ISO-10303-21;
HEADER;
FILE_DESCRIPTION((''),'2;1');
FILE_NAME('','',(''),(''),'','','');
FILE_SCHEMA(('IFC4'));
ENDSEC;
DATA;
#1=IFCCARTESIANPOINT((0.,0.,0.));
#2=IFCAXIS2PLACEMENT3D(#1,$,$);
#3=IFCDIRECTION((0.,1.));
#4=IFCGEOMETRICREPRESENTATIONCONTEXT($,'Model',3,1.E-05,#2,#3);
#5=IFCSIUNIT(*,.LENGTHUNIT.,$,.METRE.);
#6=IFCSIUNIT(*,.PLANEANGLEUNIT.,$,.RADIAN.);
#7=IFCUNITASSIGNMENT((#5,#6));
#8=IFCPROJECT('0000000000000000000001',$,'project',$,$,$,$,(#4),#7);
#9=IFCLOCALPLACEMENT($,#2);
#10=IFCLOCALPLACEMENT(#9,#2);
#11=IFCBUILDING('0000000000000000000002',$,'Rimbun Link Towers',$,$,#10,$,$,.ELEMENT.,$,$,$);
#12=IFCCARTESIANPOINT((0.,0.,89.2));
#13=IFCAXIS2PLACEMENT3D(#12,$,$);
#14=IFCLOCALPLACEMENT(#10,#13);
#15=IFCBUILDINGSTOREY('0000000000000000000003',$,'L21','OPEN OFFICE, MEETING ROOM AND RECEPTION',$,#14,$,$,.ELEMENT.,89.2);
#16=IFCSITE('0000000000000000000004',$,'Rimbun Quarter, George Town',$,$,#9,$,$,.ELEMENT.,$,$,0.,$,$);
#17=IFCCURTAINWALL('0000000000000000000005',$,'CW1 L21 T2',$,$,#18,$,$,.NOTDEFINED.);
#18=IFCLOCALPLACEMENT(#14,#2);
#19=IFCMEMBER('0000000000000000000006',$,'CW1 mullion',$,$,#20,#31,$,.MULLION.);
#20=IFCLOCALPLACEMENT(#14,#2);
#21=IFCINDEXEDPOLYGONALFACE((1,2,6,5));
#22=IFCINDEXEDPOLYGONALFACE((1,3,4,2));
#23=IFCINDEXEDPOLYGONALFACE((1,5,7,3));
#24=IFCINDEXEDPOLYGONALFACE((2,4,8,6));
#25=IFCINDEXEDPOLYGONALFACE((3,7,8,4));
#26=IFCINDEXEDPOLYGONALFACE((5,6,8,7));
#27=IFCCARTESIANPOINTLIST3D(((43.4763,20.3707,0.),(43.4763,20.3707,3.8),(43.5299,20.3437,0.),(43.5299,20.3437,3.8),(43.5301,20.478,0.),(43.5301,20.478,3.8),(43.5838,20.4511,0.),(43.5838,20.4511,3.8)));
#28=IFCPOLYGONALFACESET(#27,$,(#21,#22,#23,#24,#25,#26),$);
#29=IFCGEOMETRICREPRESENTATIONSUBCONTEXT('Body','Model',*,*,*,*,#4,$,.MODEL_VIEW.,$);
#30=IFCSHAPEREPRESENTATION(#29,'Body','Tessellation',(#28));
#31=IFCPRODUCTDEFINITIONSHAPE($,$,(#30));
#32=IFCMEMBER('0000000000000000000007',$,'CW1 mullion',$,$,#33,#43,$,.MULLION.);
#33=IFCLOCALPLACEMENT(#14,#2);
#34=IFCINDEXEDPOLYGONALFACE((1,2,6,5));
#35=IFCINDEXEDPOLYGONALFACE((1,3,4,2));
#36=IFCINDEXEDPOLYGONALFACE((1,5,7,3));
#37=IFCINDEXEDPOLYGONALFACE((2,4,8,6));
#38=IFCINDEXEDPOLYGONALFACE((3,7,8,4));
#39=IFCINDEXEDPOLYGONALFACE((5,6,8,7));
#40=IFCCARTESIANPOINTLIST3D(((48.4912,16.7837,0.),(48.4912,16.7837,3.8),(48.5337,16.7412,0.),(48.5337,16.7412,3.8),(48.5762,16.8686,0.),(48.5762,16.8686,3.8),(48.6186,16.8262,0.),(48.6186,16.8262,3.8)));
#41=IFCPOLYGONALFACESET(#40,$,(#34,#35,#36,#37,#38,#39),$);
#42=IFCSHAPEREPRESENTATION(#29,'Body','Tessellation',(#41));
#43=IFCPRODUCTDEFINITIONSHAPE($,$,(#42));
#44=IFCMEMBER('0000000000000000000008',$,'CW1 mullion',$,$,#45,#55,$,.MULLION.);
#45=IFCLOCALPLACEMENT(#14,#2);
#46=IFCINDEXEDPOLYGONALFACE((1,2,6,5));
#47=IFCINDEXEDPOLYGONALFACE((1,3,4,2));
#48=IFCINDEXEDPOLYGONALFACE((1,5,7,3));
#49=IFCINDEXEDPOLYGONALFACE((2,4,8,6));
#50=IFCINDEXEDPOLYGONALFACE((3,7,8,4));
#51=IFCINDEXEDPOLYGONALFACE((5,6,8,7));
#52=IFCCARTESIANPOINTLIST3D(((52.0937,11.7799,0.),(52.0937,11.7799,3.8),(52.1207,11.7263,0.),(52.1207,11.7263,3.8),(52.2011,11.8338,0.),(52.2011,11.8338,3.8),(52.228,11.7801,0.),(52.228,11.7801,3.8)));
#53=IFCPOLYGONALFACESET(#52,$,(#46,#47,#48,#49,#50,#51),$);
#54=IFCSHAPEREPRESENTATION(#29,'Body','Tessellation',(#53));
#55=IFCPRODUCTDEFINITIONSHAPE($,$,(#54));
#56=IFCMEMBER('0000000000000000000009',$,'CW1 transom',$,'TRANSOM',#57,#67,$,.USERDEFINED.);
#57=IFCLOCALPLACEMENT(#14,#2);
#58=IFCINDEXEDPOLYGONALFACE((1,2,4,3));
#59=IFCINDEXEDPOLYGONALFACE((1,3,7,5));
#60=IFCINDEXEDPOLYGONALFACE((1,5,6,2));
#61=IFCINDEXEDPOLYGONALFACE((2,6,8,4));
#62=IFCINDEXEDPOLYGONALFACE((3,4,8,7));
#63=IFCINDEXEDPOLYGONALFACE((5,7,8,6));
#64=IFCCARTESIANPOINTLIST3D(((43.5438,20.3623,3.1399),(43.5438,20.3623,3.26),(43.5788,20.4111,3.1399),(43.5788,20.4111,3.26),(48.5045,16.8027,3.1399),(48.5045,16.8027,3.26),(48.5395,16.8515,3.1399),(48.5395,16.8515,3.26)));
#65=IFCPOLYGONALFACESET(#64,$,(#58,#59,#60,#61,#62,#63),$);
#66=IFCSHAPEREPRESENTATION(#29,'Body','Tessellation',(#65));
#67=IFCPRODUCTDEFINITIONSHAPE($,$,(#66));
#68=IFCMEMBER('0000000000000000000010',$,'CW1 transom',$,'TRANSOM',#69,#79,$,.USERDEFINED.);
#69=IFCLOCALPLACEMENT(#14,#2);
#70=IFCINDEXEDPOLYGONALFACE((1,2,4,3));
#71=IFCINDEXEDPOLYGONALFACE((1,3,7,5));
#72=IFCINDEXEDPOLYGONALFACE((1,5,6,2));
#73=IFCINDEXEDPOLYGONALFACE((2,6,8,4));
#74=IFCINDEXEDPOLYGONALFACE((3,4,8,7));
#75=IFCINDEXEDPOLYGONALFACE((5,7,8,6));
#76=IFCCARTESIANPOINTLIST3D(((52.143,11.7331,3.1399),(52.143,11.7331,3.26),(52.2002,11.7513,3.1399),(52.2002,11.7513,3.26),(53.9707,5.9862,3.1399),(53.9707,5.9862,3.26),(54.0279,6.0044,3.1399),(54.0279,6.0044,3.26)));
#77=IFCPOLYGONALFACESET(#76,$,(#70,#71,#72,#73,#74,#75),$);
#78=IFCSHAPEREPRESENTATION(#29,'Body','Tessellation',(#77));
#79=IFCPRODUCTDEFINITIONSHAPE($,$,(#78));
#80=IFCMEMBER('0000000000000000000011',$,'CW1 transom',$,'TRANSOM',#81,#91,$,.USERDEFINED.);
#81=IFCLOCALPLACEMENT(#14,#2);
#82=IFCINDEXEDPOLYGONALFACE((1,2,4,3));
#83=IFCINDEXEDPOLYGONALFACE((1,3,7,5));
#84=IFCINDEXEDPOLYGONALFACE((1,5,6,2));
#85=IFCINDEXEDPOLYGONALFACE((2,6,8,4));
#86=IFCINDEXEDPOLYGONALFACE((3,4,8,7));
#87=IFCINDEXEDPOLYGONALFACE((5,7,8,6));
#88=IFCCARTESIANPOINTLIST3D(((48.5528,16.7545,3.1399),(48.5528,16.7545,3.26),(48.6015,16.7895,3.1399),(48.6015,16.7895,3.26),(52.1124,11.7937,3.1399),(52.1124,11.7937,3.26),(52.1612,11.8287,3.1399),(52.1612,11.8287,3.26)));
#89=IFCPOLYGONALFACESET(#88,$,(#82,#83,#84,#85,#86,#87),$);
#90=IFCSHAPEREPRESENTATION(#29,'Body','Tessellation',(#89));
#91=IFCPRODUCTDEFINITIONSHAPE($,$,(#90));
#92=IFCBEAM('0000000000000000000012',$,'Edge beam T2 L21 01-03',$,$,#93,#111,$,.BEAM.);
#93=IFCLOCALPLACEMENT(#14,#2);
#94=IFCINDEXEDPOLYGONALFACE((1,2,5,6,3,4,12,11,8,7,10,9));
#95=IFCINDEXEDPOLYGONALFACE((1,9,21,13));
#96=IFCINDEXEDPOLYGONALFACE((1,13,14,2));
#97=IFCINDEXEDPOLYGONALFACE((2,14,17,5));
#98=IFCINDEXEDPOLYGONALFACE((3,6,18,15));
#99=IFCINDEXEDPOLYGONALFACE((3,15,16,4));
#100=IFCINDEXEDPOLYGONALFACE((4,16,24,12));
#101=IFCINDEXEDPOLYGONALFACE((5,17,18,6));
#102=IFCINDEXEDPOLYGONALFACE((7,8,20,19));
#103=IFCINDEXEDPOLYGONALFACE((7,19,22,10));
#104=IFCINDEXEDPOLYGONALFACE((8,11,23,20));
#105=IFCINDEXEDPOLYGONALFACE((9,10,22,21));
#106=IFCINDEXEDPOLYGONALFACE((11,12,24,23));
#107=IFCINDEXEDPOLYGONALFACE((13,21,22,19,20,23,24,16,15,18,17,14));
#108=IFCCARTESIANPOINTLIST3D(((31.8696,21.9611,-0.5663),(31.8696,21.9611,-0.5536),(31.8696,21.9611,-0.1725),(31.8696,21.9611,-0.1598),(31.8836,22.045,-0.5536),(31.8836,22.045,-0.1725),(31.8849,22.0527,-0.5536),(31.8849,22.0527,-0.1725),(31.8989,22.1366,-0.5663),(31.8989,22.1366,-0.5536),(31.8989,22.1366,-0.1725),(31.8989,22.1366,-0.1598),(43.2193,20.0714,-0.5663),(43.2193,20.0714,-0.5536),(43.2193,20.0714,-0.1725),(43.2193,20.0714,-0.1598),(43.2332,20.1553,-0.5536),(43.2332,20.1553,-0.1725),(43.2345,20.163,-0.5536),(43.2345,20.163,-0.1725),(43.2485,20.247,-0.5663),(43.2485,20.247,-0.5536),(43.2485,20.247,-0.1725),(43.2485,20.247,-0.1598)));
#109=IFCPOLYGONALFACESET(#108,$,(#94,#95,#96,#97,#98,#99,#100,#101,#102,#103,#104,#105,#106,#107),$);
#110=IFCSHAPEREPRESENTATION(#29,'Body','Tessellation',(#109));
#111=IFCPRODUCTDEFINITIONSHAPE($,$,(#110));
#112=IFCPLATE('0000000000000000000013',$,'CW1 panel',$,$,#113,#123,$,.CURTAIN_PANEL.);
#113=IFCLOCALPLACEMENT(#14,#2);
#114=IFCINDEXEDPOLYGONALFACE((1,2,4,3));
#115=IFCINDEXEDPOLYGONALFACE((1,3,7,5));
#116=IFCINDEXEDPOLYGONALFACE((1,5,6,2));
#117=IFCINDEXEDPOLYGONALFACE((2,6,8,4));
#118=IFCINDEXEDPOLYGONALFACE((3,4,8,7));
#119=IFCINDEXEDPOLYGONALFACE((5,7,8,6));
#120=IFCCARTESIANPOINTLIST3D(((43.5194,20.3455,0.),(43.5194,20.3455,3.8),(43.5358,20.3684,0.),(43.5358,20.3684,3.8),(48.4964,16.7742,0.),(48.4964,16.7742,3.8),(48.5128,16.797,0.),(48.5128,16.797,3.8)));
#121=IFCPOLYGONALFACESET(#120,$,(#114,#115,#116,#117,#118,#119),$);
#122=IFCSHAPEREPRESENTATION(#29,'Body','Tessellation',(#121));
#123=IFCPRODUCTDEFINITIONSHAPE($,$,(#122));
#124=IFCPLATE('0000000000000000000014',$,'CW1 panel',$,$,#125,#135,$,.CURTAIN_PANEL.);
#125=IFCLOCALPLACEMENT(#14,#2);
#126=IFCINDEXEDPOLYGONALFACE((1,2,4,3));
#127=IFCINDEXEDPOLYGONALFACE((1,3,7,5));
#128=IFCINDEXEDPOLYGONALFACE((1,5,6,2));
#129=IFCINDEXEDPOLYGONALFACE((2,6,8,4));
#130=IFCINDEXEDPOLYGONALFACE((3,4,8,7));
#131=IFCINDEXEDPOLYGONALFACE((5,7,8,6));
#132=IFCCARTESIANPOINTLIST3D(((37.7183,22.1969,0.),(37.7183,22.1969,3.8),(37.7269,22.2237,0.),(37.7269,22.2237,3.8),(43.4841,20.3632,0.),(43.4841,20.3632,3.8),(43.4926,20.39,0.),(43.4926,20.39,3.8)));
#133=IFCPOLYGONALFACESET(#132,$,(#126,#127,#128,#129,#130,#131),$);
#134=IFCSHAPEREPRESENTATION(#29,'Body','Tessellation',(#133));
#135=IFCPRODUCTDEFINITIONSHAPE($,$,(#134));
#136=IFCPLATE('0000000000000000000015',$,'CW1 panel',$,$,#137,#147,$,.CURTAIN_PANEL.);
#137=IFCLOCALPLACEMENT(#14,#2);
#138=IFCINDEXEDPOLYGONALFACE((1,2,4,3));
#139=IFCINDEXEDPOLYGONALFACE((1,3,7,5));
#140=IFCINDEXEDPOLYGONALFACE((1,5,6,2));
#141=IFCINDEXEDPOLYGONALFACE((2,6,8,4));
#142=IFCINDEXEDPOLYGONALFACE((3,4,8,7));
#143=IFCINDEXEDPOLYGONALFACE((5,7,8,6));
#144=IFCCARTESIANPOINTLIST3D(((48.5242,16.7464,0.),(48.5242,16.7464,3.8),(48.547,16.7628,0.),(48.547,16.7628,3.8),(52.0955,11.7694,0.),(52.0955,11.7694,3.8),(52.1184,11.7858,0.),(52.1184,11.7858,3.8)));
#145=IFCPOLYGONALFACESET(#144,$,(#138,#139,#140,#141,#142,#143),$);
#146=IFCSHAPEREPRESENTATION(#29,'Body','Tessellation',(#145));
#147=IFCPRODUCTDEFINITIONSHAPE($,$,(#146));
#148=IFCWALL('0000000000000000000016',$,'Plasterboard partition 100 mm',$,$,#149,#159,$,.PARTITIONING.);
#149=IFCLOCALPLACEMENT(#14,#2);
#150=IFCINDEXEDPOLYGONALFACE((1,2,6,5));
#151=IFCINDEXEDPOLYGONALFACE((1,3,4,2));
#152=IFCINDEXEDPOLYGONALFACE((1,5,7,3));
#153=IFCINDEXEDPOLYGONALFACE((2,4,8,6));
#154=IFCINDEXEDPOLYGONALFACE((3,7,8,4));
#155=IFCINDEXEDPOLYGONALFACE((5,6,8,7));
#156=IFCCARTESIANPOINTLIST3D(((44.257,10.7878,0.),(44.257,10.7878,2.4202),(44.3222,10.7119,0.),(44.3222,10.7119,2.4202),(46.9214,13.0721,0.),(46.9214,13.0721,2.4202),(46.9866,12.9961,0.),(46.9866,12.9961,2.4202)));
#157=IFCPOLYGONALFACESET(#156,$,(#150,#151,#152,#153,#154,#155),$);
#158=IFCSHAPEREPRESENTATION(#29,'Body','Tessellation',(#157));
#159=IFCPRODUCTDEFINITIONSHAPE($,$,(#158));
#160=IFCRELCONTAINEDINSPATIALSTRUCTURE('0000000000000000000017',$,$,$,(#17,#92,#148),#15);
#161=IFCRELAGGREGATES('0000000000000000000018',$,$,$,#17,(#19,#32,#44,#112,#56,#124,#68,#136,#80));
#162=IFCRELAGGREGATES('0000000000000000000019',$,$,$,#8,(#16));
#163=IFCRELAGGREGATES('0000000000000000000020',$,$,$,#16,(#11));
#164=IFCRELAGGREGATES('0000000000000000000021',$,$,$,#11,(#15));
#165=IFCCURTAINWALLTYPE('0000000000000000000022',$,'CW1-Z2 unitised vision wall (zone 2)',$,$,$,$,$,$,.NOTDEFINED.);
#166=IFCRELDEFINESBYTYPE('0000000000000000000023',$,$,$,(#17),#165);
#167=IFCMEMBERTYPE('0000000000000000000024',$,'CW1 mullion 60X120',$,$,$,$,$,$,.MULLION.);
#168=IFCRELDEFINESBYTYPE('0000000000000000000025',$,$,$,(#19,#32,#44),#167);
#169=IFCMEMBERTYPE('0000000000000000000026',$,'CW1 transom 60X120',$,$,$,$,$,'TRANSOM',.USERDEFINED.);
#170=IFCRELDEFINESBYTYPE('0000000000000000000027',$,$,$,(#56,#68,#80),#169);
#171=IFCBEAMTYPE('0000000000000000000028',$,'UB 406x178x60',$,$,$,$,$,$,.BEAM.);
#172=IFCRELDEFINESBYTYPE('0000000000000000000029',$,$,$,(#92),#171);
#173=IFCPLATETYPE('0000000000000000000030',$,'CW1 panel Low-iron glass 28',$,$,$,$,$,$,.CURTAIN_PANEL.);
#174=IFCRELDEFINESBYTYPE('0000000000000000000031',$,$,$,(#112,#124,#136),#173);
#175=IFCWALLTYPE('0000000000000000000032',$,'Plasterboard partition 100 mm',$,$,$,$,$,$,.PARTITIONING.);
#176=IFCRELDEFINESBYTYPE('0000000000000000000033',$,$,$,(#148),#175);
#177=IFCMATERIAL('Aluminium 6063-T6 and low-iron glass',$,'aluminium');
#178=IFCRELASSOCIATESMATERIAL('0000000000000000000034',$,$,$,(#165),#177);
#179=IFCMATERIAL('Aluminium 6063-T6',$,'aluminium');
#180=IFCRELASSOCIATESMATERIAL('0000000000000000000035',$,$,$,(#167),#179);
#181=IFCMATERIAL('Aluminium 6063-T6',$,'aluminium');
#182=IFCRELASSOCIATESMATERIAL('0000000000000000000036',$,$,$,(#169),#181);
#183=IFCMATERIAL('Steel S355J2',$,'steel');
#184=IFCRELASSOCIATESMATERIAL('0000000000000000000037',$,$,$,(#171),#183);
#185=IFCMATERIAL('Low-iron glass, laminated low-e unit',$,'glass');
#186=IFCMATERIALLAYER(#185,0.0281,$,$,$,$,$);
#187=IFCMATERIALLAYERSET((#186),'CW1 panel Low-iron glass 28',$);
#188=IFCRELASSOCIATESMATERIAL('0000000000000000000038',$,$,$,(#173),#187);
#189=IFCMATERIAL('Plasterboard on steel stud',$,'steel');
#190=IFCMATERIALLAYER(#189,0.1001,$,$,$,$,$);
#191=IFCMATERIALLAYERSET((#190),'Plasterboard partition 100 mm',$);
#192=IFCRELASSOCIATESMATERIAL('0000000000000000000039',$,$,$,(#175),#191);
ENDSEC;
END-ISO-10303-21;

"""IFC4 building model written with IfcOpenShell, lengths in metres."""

from ifc_helpers import new_model, si_unit, direction, frame, frame_2d, origin, origin_2d, place, context, subcontext, project, spatial, rectangle, i_section, extrude, material, layer, layer_set, material_profile, profile_set, type_object, element, aggregate, save


model = new_model("IFC4")

# Units and contexts
model_context = context("Model", 3, precision=1e-05, world=origin(), true_north=direction((0.0, 1.0)))
body_context = subcontext(model_context, "Body", "Model", "MODEL_VIEW")
ifc_project = project(units=[si_unit("LENGTHUNIT", "METRE"), si_unit("PLANEANGLEUNIT", "RADIAN")], contexts=[model_context])

# Site, building, storey
site_placement = place(None, origin())
site = spatial("IfcSite", under=ifc_project, at=site_placement, Name="Rimbun Quarter, George Town", CompositionType="ELEMENT", RefElevation=0.0)
building_placement = place(site_placement, origin())
building = spatial("IfcBuilding", under=site, at=building_placement, Name="Rimbun Link Towers", CompositionType="ELEMENT")
storey_placement = place(building_placement, frame((0.0, 0.0, 89.2)))
storey = spatial("IfcBuildingStorey", under=building, at=storey_placement, Name="L21", Description="OPEN OFFICE, MEETING ROOM AND RECEPTION", CompositionType="ELEMENT", Elevation=89.2)

# Curtain wall, members
ifc_material_1 = material(Name="Aluminium 6063-T6 and low-iron glass", Category="aluminium")
curtain_wall_type = type_object("IfcCurtainWallType", Name="CW1-Z2 unitised vision wall (zone 2)", PredefinedType="NOTDEFINED", material=ifc_material_1)
curtain_wall_placement = place(storey_placement, origin())
curtain_wall = element("IfcCurtainWall", 1, at=curtain_wall_placement, inside=storey, type_object=curtain_wall_type, Name="CW1 L21 T2", PredefinedType="NOTDEFINED")
ifc_material_2 = material(Name="Aluminium 6063-T6", Category="aluminium")
ifc_material_profile_1 = material_profile(ifc_material_2, rectangle(XDim=0.1201, YDim=0.0601, at=origin_2d()), Name="MULLION 60X120")
ifc_profile_set_1 = profile_set([ifc_material_profile_1], Name="Aluminium 6063-T6")
member_type_1 = type_object("IfcMemberType", Name="CW1 mullion 60X120", PredefinedType="MULLION", material=ifc_profile_set_1)
member_1_placement = place(storey_placement, frame((43.53, 20.4109, 0.0), z_axis=(0.0, 0.0, 1.0), x_axis=(0.448572, 0.893747, 0.0)))
member_1 = element("IfcMember", 2, at=member_1_placement, type_object=member_type_1, Name="CW1 mullion", PredefinedType="MULLION", context=body_context, shape_type="SweptSolid", body=[
    extrude(rectangle(XDim=0.1201, YDim=0.0601, at=origin_2d()), origin(), (0.0, 0.0, 1.0), 3.8),
])
member_2_placement = place(storey_placement, frame((48.5549, 16.8049, 0.0), z_axis=(0.0, 0.0, 1.0), x_axis=(0.707107, 0.707107, 0.0)))
member_2 = element("IfcMember", 3, at=member_2_placement, type_object=member_type_1, Name="CW1 mullion", PredefinedType="MULLION", context=body_context, shape_type="SweptSolid", body=[
    extrude(rectangle(XDim=0.1201, YDim=0.0601, at=origin_2d()), origin(), (0.0, 0.0, 1.0), 3.8),
])
member_3_placement = place(storey_placement, frame((52.1609, 11.78, 0.0), z_axis=(0.0, 0.0, 1.0), x_axis=(0.893747, 0.448572, 0.0)))
member_3 = element("IfcMember", 4, at=member_3_placement, type_object=member_type_1, Name="CW1 mullion", PredefinedType="MULLION", context=body_context, shape_type="SweptSolid", body=[
    extrude(rectangle(XDim=0.1201, YDim=0.0601, at=origin_2d()), origin(), (0.0, 0.0, 1.0), 3.8),
])
ifc_material_3 = material(Name="Aluminium 6063-T6", Category="aluminium")
ifc_material_profile_2 = material_profile(ifc_material_3, rectangle(XDim=0.0601, YDim=0.1201, at=origin_2d()), Name="TRANSOM 60X120")
ifc_profile_set_2 = profile_set([ifc_material_profile_2], Name="Aluminium 6063-T6")
member_type_2 = type_object("IfcMemberType", Name="CW1 transom 60X120", ElementType="TRANSOM", PredefinedType="USERDEFINED", material=ifc_profile_set_2)
member_4_placement = place(storey_placement, frame((43.5613, 20.3867, 3.2), z_axis=(0.812475, -0.582996, 0.0), x_axis=(0.582996, 0.812475, 0.0)))
member_4 = element("IfcMember", 5, at=member_4_placement, type_object=member_type_2, Name="CW1 transom", ObjectType="TRANSOM", PredefinedType="USERDEFINED", context=body_context, shape_type="SweptSolid", body=[
    extrude(rectangle(XDim=0.0601, YDim=0.1201, at=origin_2d()), origin(), (0.0, 0.0, 1.0), 6.1057),
])
member_5_placement = place(storey_placement, frame((52.1716, 11.7422, 3.2), z_axis=(0.303068, -0.952969, 0.0), x_axis=(0.952969, 0.303068, 0.0)))
member_5 = element("IfcMember", 6, at=member_5_placement, type_object=member_type_2, Name="CW1 transom", ObjectType="TRANSOM", PredefinedType="USERDEFINED", context=body_context, shape_type="SweptSolid", body=[
    extrude(rectangle(XDim=0.0601, YDim=0.1201, at=origin_2d()), origin(), (0.0, 0.0, 1.0), 6.0305),
])
member_6_placement = place(storey_placement, frame((48.5771, 16.772, 3.2), z_axis=(0.582996, -0.812475, 0.0), x_axis=(0.812475, 0.582996, 0.0)))
member_6 = element("IfcMember", 7, at=member_6_placement, type_object=member_type_2, Name="CW1 transom", ObjectType="TRANSOM", PredefinedType="USERDEFINED", context=body_context, shape_type="SweptSolid", body=[
    extrude(rectangle(XDim=0.0601, YDim=0.1201, at=origin_2d()), origin(), (0.0, 0.0, 1.0), 6.1057),
])

# Beam
ifc_material_4 = material(Name="Steel S355J2", Category="steel")
ifc_material_profile_3 = material_profile(ifc_material_4, i_section(OverallWidth=0.178, OverallDepth=0.4065, WebThickness=0.0078, FlangeThickness=0.0127, at=origin_2d()), Name="UB 406x178x60")
ifc_profile_set_3 = profile_set([ifc_material_profile_3], Name="Steel S355J2")
beam_type = type_object("IfcBeamType", Name="UB 406x178x60", PredefinedType="BEAM", material=ifc_profile_set_3)
beam_placement = place(storey_placement, frame((43.2339, 20.1592, -0.363), z_axis=(-0.986421, 0.164234, 0.0), x_axis=(-0.164234, -0.986421, 0.0)))
element("IfcBeam", 8, at=beam_placement, inside=storey, type_object=beam_type, Name="Edge beam T2 L21 01-03", PredefinedType="BEAM", context=body_context, shape_type="SweptSolid", body=[
    extrude(i_section(OverallWidth=0.178, OverallDepth=0.4065, WebThickness=0.0078, FlangeThickness=0.0127, at=origin_2d()), origin(), (0.0, 0.0, 1.0), 11.5059),
])

# Plates
ifc_material_5 = material(Name="Low-iron glass, laminated low-e unit", Category="glass")
ifc_layer_1 = layer(ifc_material_5, 0.0281)
ifc_layer_set_1 = layer_set([ifc_layer_1], Name="CW1 panel Low-iron glass 28")
plate_type = type_object("IfcPlateType", Name="CW1 panel Low-iron glass 28", PredefinedType="CURTAIN_PANEL", material=ifc_layer_set_1)
plate_1_placement = place(storey_placement, frame((46.0161, 18.5713, 0.0), z_axis=(0.0, 0.0, 1.0), x_axis=(0.812469, -0.583004, 0.0)))
plate_1 = element("IfcPlate", 9, at=plate_1_placement, type_object=plate_type, Name="CW1 panel", PredefinedType="CURTAIN_PANEL", context=body_context, shape_type="SweptSolid", body=[
    extrude(rectangle(XDim=6.1257, YDim=0.0281, at=origin_2d()), origin(), (0.0, 0.0, 1.0), 3.8),
])
plate_2_placement = place(storey_placement, frame((40.6055, 21.2935, 0.0), z_axis=(0.0, 0.0, 1.0), x_axis=(0.952968, -0.30307, 0.0)))
plate_2 = element("IfcPlate", 10, at=plate_2_placement, type_object=plate_type, Name="CW1 panel", PredefinedType="CURTAIN_PANEL", context=body_context, shape_type="SweptSolid", body=[
    extrude(rectangle(XDim=6.0503, YDim=0.0281, at=origin_2d()), origin(), (0.0, 0.0, 1.0), 3.8),
])
plate_3_placement = place(storey_placement, frame((50.3213, 14.2661, 0.0), z_axis=(0.0, 0.0, 1.0), x_axis=(0.583004, -0.812469, 0.0)))
plate_3 = element("IfcPlate", 11, at=plate_3_placement, type_object=plate_type, Name="CW1 panel", PredefinedType="CURTAIN_PANEL", context=body_context, shape_type="SweptSolid", body=[
    extrude(rectangle(XDim=6.1257, YDim=0.0281, at=origin_2d()), origin(), (0.0, 0.0, 1.0), 3.8),
])
aggregate(curtain_wall, [member_1, member_2, member_3, plate_1, member_4, plate_2, member_5, plate_3, member_6])

# Wall
ifc_material_6 = material(Name="Plasterboard on steel stud", Category="steel")
ifc_layer_2 = layer(ifc_material_6, 0.1001)
ifc_layer_set_2 = layer_set([ifc_layer_2], Name="Plasterboard partition 100 mm")
wall_type = type_object("IfcWallType", Name="Plasterboard partition 100 mm", PredefinedType="PARTITIONING", material=ifc_layer_set_2)
wall_1_placement = place(storey_placement, frame((46.9541, 13.0342, 0.0), z_axis=(0.0, 0.0, 1.0), x_axis=(-0.759188, -0.650872, 0.0)))
element("IfcWall", 12, at=wall_1_placement, inside=storey, type_object=wall_type, Name="Plasterboard partition 100 mm", PredefinedType="PARTITIONING", context=body_context, shape_type="SweptSolid", body=[
    extrude(rectangle(XDim=3.5095, YDim=0.1001, at=frame_2d((1.7549, 0.0))), origin(), (0.0, 0.0, 1.0), 2.4202),
])

save(model, "model.ifc")
